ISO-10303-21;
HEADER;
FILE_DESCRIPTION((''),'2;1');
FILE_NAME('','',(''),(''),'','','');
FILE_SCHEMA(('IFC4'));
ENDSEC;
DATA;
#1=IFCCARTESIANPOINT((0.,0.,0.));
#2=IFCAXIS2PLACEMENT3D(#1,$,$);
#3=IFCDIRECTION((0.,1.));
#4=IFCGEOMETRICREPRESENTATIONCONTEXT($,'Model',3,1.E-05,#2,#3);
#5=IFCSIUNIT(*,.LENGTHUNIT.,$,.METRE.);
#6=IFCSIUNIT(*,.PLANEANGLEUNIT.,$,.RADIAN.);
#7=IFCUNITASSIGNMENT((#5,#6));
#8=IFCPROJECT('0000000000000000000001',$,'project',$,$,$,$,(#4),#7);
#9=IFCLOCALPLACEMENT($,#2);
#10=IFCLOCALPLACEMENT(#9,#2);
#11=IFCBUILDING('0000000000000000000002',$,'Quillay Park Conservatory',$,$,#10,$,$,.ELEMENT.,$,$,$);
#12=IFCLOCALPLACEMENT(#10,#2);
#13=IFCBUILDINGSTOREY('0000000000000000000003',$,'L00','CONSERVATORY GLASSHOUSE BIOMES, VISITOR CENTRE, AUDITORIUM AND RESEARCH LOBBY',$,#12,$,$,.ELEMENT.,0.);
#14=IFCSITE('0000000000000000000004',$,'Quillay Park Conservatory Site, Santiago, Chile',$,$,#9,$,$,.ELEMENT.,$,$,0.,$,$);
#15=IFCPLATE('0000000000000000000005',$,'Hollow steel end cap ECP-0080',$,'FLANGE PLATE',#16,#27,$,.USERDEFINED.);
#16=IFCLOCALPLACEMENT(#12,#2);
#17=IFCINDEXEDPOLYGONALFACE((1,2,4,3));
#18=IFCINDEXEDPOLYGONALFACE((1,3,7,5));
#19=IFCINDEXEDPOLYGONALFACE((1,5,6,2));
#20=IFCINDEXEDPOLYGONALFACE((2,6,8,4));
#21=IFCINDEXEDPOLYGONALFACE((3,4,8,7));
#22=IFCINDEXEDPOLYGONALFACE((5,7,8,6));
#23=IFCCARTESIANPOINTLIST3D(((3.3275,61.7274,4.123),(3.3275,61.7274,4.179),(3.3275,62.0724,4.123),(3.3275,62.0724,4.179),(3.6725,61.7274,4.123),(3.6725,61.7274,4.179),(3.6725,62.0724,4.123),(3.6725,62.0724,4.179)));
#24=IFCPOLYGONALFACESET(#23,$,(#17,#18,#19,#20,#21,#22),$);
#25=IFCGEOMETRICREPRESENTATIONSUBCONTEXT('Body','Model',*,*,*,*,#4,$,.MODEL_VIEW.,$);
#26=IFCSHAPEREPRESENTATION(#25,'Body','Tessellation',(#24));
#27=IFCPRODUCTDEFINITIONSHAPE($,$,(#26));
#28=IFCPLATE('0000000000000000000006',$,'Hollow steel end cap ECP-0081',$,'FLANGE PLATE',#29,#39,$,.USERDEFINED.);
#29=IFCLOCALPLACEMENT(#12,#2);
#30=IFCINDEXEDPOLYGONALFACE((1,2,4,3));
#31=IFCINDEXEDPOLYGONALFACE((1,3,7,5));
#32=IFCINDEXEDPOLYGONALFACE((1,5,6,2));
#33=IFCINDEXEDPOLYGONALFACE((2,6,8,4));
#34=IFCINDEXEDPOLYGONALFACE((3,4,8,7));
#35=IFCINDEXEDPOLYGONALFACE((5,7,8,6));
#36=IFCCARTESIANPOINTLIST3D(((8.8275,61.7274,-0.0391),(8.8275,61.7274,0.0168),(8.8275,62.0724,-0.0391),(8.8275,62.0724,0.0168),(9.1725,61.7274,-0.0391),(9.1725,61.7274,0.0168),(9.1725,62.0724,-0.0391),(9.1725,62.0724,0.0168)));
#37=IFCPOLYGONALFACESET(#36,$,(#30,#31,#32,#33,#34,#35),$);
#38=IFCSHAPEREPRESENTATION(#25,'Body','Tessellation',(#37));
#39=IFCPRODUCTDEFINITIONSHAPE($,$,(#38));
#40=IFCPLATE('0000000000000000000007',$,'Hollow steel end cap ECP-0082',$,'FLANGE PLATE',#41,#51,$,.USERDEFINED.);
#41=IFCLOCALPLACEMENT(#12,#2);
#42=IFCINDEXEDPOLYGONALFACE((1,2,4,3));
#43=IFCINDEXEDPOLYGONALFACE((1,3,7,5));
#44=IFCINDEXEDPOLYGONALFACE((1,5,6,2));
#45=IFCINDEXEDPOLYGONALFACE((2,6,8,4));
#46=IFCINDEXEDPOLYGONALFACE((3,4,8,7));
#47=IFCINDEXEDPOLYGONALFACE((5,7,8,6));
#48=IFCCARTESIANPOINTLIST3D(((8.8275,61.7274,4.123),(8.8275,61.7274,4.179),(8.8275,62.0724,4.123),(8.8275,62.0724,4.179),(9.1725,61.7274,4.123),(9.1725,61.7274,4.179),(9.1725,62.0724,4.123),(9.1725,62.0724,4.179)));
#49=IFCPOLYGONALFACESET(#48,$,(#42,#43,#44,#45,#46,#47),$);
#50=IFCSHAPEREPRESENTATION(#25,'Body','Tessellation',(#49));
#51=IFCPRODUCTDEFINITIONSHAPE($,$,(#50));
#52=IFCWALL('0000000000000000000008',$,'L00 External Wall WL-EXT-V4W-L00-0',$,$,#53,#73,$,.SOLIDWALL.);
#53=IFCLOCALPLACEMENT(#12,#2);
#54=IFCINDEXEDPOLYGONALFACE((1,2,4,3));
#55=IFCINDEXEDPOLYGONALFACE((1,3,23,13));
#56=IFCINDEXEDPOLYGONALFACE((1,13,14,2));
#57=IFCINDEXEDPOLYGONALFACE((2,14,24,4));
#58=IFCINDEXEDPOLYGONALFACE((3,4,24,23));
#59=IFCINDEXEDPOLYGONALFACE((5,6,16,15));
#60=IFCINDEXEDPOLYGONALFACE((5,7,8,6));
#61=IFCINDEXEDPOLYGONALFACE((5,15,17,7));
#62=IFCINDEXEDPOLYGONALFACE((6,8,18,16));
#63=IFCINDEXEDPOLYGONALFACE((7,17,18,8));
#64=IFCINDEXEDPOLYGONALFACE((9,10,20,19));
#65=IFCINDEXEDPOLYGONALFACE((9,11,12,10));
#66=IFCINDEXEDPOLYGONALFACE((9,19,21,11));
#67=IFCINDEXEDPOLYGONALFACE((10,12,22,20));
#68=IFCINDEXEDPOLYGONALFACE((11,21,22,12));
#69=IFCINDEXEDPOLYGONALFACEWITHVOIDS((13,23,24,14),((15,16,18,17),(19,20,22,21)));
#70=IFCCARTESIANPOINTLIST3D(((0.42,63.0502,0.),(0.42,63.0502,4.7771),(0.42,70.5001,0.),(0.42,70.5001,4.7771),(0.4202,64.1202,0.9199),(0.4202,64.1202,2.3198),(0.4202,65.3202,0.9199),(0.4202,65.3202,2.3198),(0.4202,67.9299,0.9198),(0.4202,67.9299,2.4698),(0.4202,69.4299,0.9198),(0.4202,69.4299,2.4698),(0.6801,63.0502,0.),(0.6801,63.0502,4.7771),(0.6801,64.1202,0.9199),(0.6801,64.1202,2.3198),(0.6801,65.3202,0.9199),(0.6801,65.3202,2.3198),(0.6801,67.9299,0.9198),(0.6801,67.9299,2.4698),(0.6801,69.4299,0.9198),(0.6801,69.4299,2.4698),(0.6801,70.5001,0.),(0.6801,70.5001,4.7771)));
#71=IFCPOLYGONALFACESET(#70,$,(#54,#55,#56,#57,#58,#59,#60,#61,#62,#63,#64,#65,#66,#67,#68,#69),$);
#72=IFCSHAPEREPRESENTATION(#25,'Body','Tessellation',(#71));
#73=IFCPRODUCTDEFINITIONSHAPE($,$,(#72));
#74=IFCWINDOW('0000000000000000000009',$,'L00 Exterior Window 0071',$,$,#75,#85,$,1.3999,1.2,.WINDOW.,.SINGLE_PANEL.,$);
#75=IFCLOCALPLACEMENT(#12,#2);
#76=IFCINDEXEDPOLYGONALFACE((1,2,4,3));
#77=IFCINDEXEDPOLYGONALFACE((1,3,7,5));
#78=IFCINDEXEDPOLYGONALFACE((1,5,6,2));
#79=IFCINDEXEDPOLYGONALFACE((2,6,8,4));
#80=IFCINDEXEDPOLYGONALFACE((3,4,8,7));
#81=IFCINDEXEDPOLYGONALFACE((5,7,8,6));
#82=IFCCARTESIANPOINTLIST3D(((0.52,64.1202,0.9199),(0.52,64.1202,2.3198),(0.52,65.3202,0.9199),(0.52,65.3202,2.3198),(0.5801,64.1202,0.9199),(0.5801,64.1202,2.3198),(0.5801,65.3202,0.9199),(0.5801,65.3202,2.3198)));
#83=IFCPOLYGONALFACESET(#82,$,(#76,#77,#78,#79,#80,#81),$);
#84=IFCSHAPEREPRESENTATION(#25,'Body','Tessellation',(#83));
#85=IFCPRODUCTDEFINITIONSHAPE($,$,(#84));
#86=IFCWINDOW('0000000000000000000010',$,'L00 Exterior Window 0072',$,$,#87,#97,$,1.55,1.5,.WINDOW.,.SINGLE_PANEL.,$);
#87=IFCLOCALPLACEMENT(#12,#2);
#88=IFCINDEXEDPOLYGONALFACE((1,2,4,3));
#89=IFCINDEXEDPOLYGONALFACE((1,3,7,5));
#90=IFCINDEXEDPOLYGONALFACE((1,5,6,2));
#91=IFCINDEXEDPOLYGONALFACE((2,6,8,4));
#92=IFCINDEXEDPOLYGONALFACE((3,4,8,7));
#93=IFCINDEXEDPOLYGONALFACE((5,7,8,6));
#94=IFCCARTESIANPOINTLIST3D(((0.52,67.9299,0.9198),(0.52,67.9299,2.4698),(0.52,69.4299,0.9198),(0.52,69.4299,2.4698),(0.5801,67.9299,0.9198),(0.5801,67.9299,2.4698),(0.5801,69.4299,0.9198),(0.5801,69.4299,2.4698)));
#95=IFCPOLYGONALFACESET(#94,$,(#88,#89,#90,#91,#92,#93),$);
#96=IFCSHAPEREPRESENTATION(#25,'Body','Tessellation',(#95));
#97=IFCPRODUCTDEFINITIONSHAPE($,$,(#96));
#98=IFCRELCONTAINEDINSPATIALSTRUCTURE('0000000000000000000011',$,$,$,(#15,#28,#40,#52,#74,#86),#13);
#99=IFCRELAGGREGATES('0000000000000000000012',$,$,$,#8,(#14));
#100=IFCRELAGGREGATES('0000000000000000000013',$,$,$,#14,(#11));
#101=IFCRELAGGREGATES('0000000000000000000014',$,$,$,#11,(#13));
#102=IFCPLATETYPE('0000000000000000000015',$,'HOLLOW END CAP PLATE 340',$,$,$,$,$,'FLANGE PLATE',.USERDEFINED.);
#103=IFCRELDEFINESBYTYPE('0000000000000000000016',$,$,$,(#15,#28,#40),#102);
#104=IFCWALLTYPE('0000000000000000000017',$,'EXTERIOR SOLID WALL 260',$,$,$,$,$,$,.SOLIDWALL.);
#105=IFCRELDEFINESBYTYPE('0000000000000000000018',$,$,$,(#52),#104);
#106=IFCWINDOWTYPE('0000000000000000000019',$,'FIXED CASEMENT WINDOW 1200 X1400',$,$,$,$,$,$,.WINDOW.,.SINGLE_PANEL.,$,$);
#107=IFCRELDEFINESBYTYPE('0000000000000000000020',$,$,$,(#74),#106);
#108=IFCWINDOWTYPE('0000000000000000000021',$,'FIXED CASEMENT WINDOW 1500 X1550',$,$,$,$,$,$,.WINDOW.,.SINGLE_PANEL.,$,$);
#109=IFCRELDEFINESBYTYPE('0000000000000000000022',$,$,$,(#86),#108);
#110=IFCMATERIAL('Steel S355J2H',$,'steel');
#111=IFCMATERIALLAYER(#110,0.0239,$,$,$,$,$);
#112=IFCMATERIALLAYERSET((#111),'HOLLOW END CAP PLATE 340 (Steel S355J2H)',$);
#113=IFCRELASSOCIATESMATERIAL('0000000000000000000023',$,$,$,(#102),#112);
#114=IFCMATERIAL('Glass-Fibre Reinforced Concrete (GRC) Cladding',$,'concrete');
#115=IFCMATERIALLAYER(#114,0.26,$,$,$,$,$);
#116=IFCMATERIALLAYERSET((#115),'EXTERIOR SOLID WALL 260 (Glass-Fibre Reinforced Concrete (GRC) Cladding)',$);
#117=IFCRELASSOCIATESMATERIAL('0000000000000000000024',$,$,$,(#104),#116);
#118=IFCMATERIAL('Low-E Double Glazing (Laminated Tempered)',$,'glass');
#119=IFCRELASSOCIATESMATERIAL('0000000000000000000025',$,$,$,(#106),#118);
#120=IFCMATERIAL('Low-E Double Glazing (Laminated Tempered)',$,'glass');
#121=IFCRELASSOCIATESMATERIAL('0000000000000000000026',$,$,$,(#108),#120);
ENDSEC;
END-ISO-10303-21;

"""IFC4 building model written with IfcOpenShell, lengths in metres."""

from ifc_helpers import new_model, si_unit, direction, frame, frame_2d, origin, origin_2d, place, context, subcontext, project, spatial, rectangle, extrude, material, layer, layer_set, type_object, element, fill, save


model = new_model("IFC4")

# Units and contexts
model_context = context("Model", 3, precision=1e-05, world=origin(), true_north=direction((0.0, 1.0)))
body_context = subcontext(model_context, "Body", "Model", "MODEL_VIEW")
ifc_project = project(units=[si_unit("LENGTHUNIT", "METRE"), si_unit("PLANEANGLEUNIT", "RADIAN")], contexts=[model_context])

# Site, building, storey
site_placement = place(None, origin())
site = spatial("IfcSite", under=ifc_project, at=site_placement, Name="Quillay Park Conservatory Site, Santiago, Chile", CompositionType="ELEMENT", RefElevation=0.0)
building_placement = place(site_placement, origin())
building = spatial("IfcBuilding", under=site, at=building_placement, Name="Quillay Park Conservatory", CompositionType="ELEMENT")
storey_placement = place(building_placement, origin())
storey = spatial("IfcBuildingStorey", under=building, at=storey_placement, Name="L00", Description="CONSERVATORY GLASSHOUSE BIOMES, VISITOR CENTRE, AUDITORIUM AND RESEARCH LOBBY", CompositionType="ELEMENT", Elevation=0.0)

# Plates
ifc_material_1 = material(Name="Steel S355J2H", Category="steel")
ifc_layer_1 = layer(ifc_material_1, 0.0239)
ifc_layer_set_1 = layer_set([ifc_layer_1], Name="HOLLOW END CAP PLATE 340 (Steel S355J2H)")
plate_type = type_object("IfcPlateType", Name="HOLLOW END CAP PLATE 340", ElementType="FLANGE PLATE", PredefinedType="USERDEFINED", material=ifc_layer_set_1)
for number, where, z_axis, x_axis, name in (
    (1, (3.5, 61.8999, 4.123), (0.0, 0.0, 1.0), (1.0, 0.0, 0.0), "Hollow steel end cap ECP-0080"),
    (2, (9.0, 61.8999, -0.0391), (0.0, 0.0, 1.0), (1.0, 0.0, 0.0), "Hollow steel end cap ECP-0081"),
    (3, (9.0, 61.8999, 4.123), (0.0, 0.0, 1.0), (1.0, 0.0, 0.0), "Hollow steel end cap ECP-0082"),
):
    element("IfcPlate", number, at=place(storey_placement, frame(where, z_axis=z_axis, x_axis=x_axis)), inside=storey, type_object=plate_type, Name=name, ObjectType="FLANGE PLATE", PredefinedType="USERDEFINED", context=body_context, shape_type="SweptSolid", body=[
        extrude(rectangle(XDim=0.345, YDim=0.345, at=origin_2d()), origin(), (0.0, 0.0, 1.0), 0.0559),
    ])

# Wall, openings, windows
ifc_material_2 = material(Name="Glass-Fibre Reinforced Concrete (GRC) Cladding", Category="concrete")
ifc_layer_2 = layer(ifc_material_2, 0.26)
ifc_layer_set_2 = layer_set([ifc_layer_2], Name="EXTERIOR SOLID WALL 260 (Glass-Fibre Reinforced Concrete (GRC) Cladding)")
wall_type = type_object("IfcWallType", Name="EXTERIOR SOLID WALL 260", PredefinedType="SOLIDWALL", material=ifc_layer_set_2)
wall_placement = place(storey_placement, frame((0.55, 63.05, 0.0), z_axis=(0.0, 0.0, 1.0), x_axis=(0.0, 1.0, 0.0)))
wall = element("IfcWall", 4, at=wall_placement, inside=storey, type_object=wall_type, Name="L00 External Wall WL-EXT-V4W-L00-0", PredefinedType="SOLIDWALL", context=body_context, shape_type="SweptSolid", body=[
    extrude(rectangle(XDim=7.45, YDim=0.26, at=frame_2d((3.7251, 0.0))), origin(), (0.0, 0.0, 1.0), 4.7771),
])
opening_1_placement = place(wall_placement, frame((1.0701, 0.0, 0.9199)))
opening_1 = element("IfcOpeningElement", 5, at=opening_1_placement, cuts=wall, PredefinedType="OPENING", context=body_context, shape_type="SweptSolid", body=[
    extrude(rectangle(XDim=1.2, YDim=1.3999, at=frame_2d((0.6001, 0.7))), frame((0.0, 0.1299, 0.0), z_axis=(0.0, -1.0, 0.0), x_axis=(1.0, 0.0, 0.0)), (0.0, 0.0, 1.0), 0.26),
])
opening_2_placement = place(wall_placement, frame((4.8799, 0.0, 0.9199)))
opening_2 = element("IfcOpeningElement", 6, at=opening_2_placement, cuts=wall, PredefinedType="OPENING", context=body_context, shape_type="SweptSolid", body=[
    extrude(rectangle(XDim=1.5, YDim=1.55, at=frame_2d((0.75, 0.7749))), frame((0.0, 0.1299, 0.0), z_axis=(0.0, -1.0, 0.0), x_axis=(1.0, 0.0, 0.0)), (0.0, 0.0, 1.0), 0.26),
])
ifc_material_3 = material(Name="Low-E Double Glazing (Laminated Tempered)", Category="glass")
window_type_1 = type_object("IfcWindowType", Name="FIXED CASEMENT WINDOW 1200 X1400", PartitioningType="SINGLE_PANEL", PredefinedType="WINDOW", material=ifc_material_3)
window_1_placement = place(opening_1_placement, origin())
window_1 = element("IfcWindow", 7, at=window_1_placement, inside=storey, type_object=window_type_1, Name="L00 Exterior Window 0071", OverallHeight=1.3999, OverallWidth=1.2, PartitioningType="SINGLE_PANEL", PredefinedType="WINDOW", context=body_context, shape_type="SweptSolid", body=[
    extrude(rectangle(XDim=1.2, YDim=1.3999, at=frame_2d((0.6001, 0.7))), frame((0.0, 0.03, 0.0), z_axis=(0.0, -1.0, 0.0), x_axis=(1.0, 0.0, 0.0)), (0.0, 0.0, 1.0), 0.0601),
])
fill(opening_1, window_1)
ifc_material_4 = material(Name="Low-E Double Glazing (Laminated Tempered)", Category="glass")
window_type_2 = type_object("IfcWindowType", Name="FIXED CASEMENT WINDOW 1500 X1550", PartitioningType="SINGLE_PANEL", PredefinedType="WINDOW", material=ifc_material_4)
window_2_placement = place(opening_2_placement, origin())
window_2 = element("IfcWindow", 8, at=window_2_placement, inside=storey, type_object=window_type_2, Name="L00 Exterior Window 0072", OverallHeight=1.55, OverallWidth=1.5, PartitioningType="SINGLE_PANEL", PredefinedType="WINDOW", context=body_context, shape_type="SweptSolid", body=[
    extrude(rectangle(XDim=1.5, YDim=1.55, at=frame_2d((0.75, 0.7749))), frame((0.0, 0.03, 0.0), z_axis=(0.0, -1.0, 0.0), x_axis=(1.0, 0.0, 0.0)), (0.0, 0.0, 1.0), 0.0601),
])
fill(opening_2, window_2)

save(model, "model.ifc")
